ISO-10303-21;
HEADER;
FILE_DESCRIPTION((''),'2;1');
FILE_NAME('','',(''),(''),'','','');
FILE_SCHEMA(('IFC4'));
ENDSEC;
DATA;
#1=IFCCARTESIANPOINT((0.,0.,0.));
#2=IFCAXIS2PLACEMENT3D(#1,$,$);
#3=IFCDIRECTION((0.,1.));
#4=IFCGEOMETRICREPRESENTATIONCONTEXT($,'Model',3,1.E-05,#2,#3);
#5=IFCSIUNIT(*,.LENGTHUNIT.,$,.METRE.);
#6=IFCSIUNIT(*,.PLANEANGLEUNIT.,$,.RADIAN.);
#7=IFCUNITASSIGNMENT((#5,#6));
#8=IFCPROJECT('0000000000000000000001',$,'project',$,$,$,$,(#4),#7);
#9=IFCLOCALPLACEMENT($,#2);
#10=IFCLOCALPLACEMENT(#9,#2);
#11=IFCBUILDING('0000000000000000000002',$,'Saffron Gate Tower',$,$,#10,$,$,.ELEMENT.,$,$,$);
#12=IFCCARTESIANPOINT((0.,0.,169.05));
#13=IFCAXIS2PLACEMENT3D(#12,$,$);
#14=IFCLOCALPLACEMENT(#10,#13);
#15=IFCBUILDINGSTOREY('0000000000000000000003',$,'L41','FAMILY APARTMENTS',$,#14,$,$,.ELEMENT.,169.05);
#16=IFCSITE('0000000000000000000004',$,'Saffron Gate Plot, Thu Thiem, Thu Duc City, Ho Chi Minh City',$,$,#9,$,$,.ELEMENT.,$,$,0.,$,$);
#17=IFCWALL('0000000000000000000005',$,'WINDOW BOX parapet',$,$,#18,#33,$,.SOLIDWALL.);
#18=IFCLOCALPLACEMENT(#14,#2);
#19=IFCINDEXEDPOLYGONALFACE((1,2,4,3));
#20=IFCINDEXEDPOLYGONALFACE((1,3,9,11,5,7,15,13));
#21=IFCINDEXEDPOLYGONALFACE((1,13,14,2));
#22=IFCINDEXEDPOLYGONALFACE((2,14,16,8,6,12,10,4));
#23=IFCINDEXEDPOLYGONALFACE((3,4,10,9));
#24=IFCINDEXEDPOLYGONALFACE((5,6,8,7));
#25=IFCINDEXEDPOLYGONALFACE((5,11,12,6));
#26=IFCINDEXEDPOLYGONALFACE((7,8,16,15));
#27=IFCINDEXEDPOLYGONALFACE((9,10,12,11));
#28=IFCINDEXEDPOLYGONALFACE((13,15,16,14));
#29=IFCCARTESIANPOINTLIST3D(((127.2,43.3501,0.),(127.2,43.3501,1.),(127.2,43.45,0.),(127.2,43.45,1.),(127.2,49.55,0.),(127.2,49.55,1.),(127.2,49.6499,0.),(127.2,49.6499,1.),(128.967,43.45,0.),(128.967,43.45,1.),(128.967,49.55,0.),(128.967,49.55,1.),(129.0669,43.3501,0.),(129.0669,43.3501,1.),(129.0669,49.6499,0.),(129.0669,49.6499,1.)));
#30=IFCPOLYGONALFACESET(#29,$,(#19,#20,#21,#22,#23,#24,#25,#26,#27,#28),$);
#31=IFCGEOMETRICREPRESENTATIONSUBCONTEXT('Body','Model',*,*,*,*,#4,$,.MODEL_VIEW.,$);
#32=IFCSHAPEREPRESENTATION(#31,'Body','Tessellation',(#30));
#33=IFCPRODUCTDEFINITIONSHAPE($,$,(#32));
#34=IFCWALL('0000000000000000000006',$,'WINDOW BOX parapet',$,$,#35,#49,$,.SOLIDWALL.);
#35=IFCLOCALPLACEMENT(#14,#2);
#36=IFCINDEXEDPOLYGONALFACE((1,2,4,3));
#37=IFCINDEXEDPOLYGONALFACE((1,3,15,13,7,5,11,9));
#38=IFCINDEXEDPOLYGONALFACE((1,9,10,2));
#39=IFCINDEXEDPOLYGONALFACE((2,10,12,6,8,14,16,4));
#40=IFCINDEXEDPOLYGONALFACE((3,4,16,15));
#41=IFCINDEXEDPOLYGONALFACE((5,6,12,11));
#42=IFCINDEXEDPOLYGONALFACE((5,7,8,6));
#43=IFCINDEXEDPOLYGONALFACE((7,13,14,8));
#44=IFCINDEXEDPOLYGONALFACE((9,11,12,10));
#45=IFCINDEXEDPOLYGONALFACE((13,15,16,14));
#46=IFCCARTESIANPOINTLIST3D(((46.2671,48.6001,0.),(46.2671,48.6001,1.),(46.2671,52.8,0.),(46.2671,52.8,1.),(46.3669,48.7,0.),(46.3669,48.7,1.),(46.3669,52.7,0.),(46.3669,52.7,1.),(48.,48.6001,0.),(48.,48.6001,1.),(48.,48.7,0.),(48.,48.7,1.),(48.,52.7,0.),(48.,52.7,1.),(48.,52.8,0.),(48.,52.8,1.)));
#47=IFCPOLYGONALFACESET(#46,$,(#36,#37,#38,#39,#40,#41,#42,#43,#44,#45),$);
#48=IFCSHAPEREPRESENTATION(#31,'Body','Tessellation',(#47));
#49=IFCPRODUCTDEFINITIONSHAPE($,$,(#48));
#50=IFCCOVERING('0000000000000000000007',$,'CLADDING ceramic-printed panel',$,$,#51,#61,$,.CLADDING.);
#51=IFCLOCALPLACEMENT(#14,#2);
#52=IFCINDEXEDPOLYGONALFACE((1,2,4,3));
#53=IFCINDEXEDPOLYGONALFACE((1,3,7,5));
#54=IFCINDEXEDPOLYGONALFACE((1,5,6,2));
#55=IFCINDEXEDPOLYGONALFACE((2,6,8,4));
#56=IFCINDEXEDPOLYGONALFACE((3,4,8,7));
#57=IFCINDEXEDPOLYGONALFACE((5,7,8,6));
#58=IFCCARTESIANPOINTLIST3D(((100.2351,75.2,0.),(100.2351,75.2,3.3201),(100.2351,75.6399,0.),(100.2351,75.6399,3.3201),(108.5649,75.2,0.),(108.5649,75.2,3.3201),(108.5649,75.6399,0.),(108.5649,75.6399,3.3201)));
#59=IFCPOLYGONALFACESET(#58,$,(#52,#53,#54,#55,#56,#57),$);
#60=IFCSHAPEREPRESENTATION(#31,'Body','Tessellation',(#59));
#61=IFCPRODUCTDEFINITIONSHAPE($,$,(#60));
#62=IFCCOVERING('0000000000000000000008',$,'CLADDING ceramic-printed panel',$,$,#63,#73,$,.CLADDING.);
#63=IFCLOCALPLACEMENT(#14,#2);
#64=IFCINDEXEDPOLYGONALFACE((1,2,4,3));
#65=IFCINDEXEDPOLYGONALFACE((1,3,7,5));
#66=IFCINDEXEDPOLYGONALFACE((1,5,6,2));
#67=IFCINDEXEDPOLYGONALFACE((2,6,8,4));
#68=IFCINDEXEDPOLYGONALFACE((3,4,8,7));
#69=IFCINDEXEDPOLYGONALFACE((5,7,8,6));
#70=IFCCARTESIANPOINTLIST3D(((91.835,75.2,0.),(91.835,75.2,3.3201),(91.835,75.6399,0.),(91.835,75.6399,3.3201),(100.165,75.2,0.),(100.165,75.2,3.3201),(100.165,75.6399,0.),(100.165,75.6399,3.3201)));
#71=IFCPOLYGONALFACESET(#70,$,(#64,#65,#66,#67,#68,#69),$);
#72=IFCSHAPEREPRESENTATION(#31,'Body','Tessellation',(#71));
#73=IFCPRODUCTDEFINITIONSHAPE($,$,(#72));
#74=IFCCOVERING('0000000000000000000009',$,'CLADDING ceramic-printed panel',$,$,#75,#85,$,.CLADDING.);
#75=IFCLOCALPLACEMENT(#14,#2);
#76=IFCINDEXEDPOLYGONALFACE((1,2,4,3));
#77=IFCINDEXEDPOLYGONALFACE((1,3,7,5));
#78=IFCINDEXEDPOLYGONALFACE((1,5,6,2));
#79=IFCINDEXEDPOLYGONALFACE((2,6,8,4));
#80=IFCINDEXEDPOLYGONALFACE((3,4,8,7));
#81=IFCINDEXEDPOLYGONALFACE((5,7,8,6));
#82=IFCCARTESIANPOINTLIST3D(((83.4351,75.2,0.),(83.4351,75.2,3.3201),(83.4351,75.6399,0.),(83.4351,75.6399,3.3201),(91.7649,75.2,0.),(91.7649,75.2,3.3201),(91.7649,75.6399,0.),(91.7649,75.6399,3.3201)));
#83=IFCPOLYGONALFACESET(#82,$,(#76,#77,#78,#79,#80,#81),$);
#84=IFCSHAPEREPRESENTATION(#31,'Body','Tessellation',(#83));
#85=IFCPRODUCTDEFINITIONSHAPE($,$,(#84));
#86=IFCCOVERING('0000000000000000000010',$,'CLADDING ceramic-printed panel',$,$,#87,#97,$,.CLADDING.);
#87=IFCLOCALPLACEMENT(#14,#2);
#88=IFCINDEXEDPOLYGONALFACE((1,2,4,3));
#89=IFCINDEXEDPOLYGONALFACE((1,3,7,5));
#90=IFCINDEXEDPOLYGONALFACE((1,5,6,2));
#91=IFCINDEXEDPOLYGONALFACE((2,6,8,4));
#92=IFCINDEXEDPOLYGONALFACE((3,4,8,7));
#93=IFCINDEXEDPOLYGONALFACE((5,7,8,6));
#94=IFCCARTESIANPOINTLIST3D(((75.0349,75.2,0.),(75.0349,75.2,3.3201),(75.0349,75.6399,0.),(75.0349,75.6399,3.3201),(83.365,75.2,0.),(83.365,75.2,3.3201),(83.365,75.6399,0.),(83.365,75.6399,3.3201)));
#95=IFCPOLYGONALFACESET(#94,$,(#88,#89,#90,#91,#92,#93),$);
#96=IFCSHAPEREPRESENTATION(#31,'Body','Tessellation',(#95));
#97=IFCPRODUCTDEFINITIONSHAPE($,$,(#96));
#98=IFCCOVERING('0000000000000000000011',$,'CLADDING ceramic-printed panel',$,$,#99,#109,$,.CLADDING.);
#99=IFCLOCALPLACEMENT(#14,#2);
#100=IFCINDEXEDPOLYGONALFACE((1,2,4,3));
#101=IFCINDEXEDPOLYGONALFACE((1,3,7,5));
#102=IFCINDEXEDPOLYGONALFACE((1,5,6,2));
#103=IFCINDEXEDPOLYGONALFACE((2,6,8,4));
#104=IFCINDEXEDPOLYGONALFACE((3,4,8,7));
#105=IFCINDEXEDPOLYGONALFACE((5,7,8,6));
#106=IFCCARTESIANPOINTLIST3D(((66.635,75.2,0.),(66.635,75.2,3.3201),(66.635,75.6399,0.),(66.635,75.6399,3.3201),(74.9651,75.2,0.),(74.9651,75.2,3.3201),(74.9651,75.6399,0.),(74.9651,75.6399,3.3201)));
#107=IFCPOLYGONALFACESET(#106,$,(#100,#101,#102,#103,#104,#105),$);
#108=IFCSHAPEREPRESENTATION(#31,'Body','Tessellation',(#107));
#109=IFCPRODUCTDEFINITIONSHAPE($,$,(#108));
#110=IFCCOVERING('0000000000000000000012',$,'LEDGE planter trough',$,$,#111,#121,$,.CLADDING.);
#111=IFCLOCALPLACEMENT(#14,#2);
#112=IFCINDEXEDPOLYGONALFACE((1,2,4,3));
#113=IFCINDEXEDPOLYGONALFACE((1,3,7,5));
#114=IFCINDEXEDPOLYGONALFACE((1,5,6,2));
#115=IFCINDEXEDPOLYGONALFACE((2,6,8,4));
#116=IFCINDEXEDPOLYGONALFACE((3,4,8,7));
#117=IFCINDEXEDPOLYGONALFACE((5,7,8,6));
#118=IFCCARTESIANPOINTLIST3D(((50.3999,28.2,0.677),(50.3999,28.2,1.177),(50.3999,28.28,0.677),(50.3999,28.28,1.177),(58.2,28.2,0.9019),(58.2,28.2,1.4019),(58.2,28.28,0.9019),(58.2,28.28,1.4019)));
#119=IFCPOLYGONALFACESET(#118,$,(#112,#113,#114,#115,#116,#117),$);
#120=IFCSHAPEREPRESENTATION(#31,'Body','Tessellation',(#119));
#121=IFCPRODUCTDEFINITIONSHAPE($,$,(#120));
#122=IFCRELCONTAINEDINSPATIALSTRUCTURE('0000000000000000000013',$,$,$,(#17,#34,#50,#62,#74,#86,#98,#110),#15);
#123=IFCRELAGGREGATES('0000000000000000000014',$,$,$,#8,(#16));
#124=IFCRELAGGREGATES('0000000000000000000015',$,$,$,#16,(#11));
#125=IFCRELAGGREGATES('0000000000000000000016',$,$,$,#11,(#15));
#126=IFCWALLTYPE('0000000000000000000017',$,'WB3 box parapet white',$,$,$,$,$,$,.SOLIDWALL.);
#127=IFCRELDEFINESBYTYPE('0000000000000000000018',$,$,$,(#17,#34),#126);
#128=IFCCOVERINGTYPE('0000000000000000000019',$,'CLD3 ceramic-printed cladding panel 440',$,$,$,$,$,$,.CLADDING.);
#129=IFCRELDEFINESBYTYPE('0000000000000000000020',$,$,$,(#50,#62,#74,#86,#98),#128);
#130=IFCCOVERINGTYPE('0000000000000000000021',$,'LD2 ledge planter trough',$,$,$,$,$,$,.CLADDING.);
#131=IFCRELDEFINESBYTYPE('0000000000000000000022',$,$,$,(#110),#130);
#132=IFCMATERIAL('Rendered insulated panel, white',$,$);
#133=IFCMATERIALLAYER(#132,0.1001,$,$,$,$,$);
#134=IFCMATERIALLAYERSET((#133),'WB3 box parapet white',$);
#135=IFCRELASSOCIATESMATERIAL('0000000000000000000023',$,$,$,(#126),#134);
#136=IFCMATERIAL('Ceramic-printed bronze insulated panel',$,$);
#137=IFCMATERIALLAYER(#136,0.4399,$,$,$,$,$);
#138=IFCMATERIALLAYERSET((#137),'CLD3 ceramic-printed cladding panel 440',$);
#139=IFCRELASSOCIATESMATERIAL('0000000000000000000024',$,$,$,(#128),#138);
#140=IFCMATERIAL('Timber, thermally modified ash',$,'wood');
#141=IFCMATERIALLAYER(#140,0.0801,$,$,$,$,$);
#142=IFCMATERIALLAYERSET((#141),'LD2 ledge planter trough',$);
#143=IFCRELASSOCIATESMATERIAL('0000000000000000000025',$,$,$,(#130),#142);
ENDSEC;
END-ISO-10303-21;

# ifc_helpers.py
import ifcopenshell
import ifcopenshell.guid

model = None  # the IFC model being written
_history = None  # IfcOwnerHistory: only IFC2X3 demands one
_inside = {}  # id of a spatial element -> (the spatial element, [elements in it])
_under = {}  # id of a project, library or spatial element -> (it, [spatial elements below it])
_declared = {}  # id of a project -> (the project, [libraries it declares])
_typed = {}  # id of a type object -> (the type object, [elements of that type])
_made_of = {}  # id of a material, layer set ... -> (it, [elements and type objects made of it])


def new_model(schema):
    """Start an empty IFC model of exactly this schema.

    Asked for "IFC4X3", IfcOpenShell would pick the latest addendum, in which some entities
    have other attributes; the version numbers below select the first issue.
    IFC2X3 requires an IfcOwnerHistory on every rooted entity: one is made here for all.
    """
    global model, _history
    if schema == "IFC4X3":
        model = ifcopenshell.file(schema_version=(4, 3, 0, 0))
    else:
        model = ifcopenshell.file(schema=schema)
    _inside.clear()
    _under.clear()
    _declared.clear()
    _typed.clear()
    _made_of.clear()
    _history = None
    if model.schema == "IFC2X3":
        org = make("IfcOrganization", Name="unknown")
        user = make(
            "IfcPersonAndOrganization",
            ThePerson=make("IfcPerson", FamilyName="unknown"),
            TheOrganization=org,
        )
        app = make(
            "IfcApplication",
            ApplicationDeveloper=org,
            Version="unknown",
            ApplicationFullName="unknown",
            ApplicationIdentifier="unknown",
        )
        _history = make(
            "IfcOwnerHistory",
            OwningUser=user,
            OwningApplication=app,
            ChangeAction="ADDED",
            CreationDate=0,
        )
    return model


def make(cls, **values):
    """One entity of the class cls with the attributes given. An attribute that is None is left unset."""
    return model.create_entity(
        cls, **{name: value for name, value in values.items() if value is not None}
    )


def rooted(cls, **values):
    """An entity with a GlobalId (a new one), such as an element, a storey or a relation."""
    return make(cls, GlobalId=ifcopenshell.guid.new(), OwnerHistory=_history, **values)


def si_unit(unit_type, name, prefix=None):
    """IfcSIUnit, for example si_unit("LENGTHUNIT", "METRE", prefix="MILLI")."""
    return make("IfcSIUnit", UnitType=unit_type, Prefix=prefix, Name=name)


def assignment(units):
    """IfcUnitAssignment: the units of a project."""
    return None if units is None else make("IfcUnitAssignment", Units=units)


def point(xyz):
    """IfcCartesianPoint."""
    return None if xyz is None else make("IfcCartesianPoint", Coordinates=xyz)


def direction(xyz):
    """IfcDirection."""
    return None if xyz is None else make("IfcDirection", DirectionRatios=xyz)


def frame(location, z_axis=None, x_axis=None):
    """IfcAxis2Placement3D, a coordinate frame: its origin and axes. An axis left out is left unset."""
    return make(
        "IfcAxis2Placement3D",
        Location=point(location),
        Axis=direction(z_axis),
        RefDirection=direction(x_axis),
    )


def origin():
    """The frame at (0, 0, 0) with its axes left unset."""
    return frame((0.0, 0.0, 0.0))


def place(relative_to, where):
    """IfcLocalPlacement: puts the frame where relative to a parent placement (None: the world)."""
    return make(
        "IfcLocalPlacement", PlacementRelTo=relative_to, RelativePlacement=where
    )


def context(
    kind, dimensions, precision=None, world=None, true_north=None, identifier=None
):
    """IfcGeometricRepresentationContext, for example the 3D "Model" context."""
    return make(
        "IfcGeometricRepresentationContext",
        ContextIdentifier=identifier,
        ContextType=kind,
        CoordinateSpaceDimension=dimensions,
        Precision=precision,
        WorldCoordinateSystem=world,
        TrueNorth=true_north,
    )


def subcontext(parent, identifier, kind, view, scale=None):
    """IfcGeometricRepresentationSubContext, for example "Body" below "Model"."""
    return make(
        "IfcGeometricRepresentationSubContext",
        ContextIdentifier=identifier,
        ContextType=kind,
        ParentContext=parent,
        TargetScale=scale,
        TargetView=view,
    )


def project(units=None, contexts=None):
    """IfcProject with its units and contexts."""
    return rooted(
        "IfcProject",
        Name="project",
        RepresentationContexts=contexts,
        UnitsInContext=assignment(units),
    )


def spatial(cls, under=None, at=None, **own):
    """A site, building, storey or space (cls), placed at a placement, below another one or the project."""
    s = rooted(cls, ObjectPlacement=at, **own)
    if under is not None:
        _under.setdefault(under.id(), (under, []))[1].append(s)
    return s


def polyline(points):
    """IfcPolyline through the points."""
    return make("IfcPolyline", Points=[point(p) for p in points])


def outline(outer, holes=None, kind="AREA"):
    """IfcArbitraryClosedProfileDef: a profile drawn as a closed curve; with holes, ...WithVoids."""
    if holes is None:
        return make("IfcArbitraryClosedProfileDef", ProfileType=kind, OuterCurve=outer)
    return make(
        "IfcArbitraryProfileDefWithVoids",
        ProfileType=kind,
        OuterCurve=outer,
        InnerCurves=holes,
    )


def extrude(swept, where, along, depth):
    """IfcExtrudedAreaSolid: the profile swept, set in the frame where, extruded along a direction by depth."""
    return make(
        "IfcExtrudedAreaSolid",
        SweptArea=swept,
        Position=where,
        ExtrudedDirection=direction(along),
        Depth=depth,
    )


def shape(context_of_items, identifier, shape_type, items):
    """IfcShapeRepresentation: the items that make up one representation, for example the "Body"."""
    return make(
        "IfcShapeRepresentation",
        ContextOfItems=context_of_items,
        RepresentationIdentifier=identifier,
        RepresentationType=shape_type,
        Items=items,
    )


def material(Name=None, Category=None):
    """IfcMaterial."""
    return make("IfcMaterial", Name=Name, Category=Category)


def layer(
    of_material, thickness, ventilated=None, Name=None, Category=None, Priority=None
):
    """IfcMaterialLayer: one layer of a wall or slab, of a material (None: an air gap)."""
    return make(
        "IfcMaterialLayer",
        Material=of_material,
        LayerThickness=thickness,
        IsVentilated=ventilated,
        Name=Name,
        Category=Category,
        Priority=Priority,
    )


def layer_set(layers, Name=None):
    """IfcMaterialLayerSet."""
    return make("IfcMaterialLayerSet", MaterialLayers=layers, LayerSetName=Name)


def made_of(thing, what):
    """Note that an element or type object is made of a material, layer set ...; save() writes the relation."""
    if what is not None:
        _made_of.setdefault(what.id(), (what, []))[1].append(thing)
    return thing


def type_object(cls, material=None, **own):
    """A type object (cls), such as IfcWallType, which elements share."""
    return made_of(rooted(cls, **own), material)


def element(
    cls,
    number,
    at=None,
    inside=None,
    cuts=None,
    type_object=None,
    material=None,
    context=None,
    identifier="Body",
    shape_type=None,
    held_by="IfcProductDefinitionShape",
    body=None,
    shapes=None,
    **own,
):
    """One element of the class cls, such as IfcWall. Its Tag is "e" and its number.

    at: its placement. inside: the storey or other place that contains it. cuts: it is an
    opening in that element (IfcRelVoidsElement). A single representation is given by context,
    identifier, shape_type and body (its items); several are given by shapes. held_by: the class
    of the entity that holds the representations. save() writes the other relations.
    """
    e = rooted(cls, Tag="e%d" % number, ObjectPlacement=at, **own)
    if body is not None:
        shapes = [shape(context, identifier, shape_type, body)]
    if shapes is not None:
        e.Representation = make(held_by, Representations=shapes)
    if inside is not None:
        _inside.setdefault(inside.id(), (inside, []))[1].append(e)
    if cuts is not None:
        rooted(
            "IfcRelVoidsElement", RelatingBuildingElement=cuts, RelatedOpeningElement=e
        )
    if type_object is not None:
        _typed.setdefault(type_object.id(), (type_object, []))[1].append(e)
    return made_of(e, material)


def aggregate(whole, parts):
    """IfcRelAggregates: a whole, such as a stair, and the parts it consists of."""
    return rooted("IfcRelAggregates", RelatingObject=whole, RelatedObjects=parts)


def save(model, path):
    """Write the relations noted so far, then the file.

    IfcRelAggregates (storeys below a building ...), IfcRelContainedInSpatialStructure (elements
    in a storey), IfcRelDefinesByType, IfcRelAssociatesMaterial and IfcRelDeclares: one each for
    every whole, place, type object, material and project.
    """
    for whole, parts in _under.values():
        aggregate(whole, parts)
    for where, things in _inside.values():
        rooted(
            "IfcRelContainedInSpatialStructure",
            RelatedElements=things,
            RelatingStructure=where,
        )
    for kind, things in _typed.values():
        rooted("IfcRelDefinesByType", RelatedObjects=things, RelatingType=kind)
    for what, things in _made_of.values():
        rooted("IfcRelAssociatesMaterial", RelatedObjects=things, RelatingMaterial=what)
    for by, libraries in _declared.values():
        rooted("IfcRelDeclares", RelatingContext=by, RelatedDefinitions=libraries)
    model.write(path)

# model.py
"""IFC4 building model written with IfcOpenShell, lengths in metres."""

from ifc_helpers import new_model, si_unit, direction, frame, origin, place, context, subcontext, project, spatial, polyline, outline, extrude, material, layer, layer_set, type_object, element, save


model = new_model("IFC4")

# Units and contexts
model_context = context("Model", 3, precision=1e-05, world=origin(), true_north=direction((0.0, 1.0)))
body_context = subcontext(model_context, "Body", "Model", "MODEL_VIEW")
ifc_project = project(units=[si_unit("LENGTHUNIT", "METRE"), si_unit("PLANEANGLEUNIT", "RADIAN")], contexts=[model_context])

# Site, building, storey
site_placement = place(None, origin())
site = spatial("IfcSite", under=ifc_project, at=site_placement, Name="Saffron Gate Plot, Thu Thiem, Thu Duc City, Ho Chi Minh City", CompositionType="ELEMENT", RefElevation=0.0)
building_placement = place(site_placement, origin())
building = spatial("IfcBuilding", under=site, at=building_placement, Name="Saffron Gate Tower", CompositionType="ELEMENT")
storey_placement = place(building_placement, frame((0.0, 0.0, 169.05)))
storey = spatial("IfcBuildingStorey", under=building, at=storey_placement, Name="L41", Description="FAMILY APARTMENTS", CompositionType="ELEMENT", Elevation=169.05)

# Walls
ifc_material_1 = material(Name="Rendered insulated panel, white")
ifc_layer_1 = layer(ifc_material_1, 0.1001)
ifc_layer_set_1 = layer_set([ifc_layer_1], Name="WB3 box parapet white")
wall_type = type_object("IfcWallType", Name="WB3 box parapet white", PredefinedType="SOLIDWALL", material=ifc_layer_set_1)
wall_1_placement = place(storey_placement, origin())
element("IfcWall", 1, at=wall_1_placement, inside=storey, type_object=wall_type, Name="WINDOW BOX parapet", PredefinedType="SOLIDWALL", context=body_context, shape_type="SweptSolid", body=[
    extrude(outline(polyline([(127.2, 43.3501), (127.2, 43.45), (128.967, 43.45), (128.967, 49.55), (127.2, 49.55), (127.2, 49.6499), (129.0669, 49.6499), (129.0669, 43.3501), (127.2, 43.3501)])), origin(), (0.0, 0.0, 1.0), 1.0),
])
wall_2_placement = place(storey_placement, origin())
element("IfcWall", 2, at=wall_2_placement, inside=storey, type_object=wall_type, Name="WINDOW BOX parapet", PredefinedType="SOLIDWALL", context=body_context, shape_type="SweptSolid", body=[
    extrude(outline(polyline([(48.0, 52.8), (48.0, 52.7), (46.3669, 52.7), (46.3669, 48.7), (48.0, 48.7), (48.0, 48.6001), (46.2671, 48.6001), (46.2671, 52.8), (48.0, 52.8)])), origin(), (0.0, 0.0, 1.0), 1.0),
])

# Coverings
ifc_material_2 = material(Name="Ceramic-printed bronze insulated panel")
ifc_layer_2 = layer(ifc_material_2, 0.4399)
ifc_layer_set_2 = layer_set([ifc_layer_2], Name="CLD3 ceramic-printed cladding panel 440")
covering_type_1 = type_object("IfcCoveringType", Name="CLD3 ceramic-printed cladding panel 440", PredefinedType="CLADDING", material=ifc_layer_set_2)
covering_1_placement = place(storey_placement, origin())
element("IfcCovering", 3, at=covering_1_placement, inside=storey, type_object=covering_type_1, Name="CLADDING ceramic-printed panel", PredefinedType="CLADDING", context=body_context, shape_type="SweptSolid", body=[
    extrude(outline(polyline([(108.5649, 75.6399), (100.2351, 75.6399), (100.2351, 75.2), (108.5649, 75.2), (108.5649, 75.6399)])), origin(), (0.0, 0.0, 1.0), 3.3201),
])
covering_2_placement = place(storey_placement, origin())
element("IfcCovering", 4, at=covering_2_placement, inside=storey, type_object=covering_type_1, Name="CLADDING ceramic-printed panel", PredefinedType="CLADDING", context=body_context, shape_type="SweptSolid", body=[
    extrude(outline(polyline([(100.165, 75.6399), (91.835, 75.6399), (91.835, 75.2), (100.165, 75.2), (100.165, 75.6399)])), origin(), (0.0, 0.0, 1.0), 3.3201),
])
covering_3_placement = place(storey_placement, origin())
element("IfcCovering", 5, at=covering_3_placement, inside=storey, type_object=covering_type_1, Name="CLADDING ceramic-printed panel", PredefinedType="CLADDING", context=body_context, shape_type="SweptSolid", body=[
    extrude(outline(polyline([(91.7649, 75.6399), (83.4351, 75.6399), (83.4351, 75.2), (91.7649, 75.2), (91.7649, 75.6399)])), origin(), (0.0, 0.0, 1.0), 3.3201),
])
covering_4_placement = place(storey_placement, origin())
element("IfcCovering", 6, at=covering_4_placement, inside=storey, type_object=covering_type_1, Name="CLADDING ceramic-printed panel", PredefinedType="CLADDING", context=body_context, shape_type="SweptSolid", body=[
    extrude(outline(polyline([(83.365, 75.6399), (75.0349, 75.6399), (75.0349, 75.2), (83.365, 75.2), (83.365, 75.6399)])), origin(), (0.0, 0.0, 1.0), 3.3201),
])
covering_5_placement = place(storey_placement, origin())
element("IfcCovering", 7, at=covering_5_placement, inside=storey, type_object=covering_type_1, Name="CLADDING ceramic-printed panel", PredefinedType="CLADDING", context=body_context, shape_type="SweptSolid", body=[
    extrude(outline(polyline([(74.9651, 75.6399), (66.635, 75.6399), (66.635, 75.2), (74.9651, 75.2), (74.9651, 75.6399)])), origin(), (0.0, 0.0, 1.0), 3.3201),
])
ifc_material_3 = material(Name="Timber, thermally modified ash", Category="wood")
ifc_layer_3 = layer(ifc_material_3, 0.0801)
ifc_layer_set_3 = layer_set([ifc_layer_3], Name="LD2 ledge planter trough")
covering_type_2 = type_object("IfcCoveringType", Name="LD2 ledge planter trough", PredefinedType="CLADDING", material=ifc_layer_set_3)
covering_6_placement = place(storey_placement, frame((50.3999, 28.2, 0.677), z_axis=(0.0, -1.0, 0.0), x_axis=(0.999585, 0.0, 0.028815)))
element("IfcCovering", 8, at=covering_6_placement, inside=storey, type_object=covering_type_2, Name="LEDGE planter trough", PredefinedType="CLADDING", context=body_context, shape_type="SweptSolid", body=[
    extrude(outline(polyline([(0.0, 0.0), (7.8033, 0.0), (7.8177, 0.4998), (0.0144, 0.4998), (0.0, 0.0)])), origin(), (0.0, 0.0, -1.0), 0.0801),
])

save(model, "model.ifc")
